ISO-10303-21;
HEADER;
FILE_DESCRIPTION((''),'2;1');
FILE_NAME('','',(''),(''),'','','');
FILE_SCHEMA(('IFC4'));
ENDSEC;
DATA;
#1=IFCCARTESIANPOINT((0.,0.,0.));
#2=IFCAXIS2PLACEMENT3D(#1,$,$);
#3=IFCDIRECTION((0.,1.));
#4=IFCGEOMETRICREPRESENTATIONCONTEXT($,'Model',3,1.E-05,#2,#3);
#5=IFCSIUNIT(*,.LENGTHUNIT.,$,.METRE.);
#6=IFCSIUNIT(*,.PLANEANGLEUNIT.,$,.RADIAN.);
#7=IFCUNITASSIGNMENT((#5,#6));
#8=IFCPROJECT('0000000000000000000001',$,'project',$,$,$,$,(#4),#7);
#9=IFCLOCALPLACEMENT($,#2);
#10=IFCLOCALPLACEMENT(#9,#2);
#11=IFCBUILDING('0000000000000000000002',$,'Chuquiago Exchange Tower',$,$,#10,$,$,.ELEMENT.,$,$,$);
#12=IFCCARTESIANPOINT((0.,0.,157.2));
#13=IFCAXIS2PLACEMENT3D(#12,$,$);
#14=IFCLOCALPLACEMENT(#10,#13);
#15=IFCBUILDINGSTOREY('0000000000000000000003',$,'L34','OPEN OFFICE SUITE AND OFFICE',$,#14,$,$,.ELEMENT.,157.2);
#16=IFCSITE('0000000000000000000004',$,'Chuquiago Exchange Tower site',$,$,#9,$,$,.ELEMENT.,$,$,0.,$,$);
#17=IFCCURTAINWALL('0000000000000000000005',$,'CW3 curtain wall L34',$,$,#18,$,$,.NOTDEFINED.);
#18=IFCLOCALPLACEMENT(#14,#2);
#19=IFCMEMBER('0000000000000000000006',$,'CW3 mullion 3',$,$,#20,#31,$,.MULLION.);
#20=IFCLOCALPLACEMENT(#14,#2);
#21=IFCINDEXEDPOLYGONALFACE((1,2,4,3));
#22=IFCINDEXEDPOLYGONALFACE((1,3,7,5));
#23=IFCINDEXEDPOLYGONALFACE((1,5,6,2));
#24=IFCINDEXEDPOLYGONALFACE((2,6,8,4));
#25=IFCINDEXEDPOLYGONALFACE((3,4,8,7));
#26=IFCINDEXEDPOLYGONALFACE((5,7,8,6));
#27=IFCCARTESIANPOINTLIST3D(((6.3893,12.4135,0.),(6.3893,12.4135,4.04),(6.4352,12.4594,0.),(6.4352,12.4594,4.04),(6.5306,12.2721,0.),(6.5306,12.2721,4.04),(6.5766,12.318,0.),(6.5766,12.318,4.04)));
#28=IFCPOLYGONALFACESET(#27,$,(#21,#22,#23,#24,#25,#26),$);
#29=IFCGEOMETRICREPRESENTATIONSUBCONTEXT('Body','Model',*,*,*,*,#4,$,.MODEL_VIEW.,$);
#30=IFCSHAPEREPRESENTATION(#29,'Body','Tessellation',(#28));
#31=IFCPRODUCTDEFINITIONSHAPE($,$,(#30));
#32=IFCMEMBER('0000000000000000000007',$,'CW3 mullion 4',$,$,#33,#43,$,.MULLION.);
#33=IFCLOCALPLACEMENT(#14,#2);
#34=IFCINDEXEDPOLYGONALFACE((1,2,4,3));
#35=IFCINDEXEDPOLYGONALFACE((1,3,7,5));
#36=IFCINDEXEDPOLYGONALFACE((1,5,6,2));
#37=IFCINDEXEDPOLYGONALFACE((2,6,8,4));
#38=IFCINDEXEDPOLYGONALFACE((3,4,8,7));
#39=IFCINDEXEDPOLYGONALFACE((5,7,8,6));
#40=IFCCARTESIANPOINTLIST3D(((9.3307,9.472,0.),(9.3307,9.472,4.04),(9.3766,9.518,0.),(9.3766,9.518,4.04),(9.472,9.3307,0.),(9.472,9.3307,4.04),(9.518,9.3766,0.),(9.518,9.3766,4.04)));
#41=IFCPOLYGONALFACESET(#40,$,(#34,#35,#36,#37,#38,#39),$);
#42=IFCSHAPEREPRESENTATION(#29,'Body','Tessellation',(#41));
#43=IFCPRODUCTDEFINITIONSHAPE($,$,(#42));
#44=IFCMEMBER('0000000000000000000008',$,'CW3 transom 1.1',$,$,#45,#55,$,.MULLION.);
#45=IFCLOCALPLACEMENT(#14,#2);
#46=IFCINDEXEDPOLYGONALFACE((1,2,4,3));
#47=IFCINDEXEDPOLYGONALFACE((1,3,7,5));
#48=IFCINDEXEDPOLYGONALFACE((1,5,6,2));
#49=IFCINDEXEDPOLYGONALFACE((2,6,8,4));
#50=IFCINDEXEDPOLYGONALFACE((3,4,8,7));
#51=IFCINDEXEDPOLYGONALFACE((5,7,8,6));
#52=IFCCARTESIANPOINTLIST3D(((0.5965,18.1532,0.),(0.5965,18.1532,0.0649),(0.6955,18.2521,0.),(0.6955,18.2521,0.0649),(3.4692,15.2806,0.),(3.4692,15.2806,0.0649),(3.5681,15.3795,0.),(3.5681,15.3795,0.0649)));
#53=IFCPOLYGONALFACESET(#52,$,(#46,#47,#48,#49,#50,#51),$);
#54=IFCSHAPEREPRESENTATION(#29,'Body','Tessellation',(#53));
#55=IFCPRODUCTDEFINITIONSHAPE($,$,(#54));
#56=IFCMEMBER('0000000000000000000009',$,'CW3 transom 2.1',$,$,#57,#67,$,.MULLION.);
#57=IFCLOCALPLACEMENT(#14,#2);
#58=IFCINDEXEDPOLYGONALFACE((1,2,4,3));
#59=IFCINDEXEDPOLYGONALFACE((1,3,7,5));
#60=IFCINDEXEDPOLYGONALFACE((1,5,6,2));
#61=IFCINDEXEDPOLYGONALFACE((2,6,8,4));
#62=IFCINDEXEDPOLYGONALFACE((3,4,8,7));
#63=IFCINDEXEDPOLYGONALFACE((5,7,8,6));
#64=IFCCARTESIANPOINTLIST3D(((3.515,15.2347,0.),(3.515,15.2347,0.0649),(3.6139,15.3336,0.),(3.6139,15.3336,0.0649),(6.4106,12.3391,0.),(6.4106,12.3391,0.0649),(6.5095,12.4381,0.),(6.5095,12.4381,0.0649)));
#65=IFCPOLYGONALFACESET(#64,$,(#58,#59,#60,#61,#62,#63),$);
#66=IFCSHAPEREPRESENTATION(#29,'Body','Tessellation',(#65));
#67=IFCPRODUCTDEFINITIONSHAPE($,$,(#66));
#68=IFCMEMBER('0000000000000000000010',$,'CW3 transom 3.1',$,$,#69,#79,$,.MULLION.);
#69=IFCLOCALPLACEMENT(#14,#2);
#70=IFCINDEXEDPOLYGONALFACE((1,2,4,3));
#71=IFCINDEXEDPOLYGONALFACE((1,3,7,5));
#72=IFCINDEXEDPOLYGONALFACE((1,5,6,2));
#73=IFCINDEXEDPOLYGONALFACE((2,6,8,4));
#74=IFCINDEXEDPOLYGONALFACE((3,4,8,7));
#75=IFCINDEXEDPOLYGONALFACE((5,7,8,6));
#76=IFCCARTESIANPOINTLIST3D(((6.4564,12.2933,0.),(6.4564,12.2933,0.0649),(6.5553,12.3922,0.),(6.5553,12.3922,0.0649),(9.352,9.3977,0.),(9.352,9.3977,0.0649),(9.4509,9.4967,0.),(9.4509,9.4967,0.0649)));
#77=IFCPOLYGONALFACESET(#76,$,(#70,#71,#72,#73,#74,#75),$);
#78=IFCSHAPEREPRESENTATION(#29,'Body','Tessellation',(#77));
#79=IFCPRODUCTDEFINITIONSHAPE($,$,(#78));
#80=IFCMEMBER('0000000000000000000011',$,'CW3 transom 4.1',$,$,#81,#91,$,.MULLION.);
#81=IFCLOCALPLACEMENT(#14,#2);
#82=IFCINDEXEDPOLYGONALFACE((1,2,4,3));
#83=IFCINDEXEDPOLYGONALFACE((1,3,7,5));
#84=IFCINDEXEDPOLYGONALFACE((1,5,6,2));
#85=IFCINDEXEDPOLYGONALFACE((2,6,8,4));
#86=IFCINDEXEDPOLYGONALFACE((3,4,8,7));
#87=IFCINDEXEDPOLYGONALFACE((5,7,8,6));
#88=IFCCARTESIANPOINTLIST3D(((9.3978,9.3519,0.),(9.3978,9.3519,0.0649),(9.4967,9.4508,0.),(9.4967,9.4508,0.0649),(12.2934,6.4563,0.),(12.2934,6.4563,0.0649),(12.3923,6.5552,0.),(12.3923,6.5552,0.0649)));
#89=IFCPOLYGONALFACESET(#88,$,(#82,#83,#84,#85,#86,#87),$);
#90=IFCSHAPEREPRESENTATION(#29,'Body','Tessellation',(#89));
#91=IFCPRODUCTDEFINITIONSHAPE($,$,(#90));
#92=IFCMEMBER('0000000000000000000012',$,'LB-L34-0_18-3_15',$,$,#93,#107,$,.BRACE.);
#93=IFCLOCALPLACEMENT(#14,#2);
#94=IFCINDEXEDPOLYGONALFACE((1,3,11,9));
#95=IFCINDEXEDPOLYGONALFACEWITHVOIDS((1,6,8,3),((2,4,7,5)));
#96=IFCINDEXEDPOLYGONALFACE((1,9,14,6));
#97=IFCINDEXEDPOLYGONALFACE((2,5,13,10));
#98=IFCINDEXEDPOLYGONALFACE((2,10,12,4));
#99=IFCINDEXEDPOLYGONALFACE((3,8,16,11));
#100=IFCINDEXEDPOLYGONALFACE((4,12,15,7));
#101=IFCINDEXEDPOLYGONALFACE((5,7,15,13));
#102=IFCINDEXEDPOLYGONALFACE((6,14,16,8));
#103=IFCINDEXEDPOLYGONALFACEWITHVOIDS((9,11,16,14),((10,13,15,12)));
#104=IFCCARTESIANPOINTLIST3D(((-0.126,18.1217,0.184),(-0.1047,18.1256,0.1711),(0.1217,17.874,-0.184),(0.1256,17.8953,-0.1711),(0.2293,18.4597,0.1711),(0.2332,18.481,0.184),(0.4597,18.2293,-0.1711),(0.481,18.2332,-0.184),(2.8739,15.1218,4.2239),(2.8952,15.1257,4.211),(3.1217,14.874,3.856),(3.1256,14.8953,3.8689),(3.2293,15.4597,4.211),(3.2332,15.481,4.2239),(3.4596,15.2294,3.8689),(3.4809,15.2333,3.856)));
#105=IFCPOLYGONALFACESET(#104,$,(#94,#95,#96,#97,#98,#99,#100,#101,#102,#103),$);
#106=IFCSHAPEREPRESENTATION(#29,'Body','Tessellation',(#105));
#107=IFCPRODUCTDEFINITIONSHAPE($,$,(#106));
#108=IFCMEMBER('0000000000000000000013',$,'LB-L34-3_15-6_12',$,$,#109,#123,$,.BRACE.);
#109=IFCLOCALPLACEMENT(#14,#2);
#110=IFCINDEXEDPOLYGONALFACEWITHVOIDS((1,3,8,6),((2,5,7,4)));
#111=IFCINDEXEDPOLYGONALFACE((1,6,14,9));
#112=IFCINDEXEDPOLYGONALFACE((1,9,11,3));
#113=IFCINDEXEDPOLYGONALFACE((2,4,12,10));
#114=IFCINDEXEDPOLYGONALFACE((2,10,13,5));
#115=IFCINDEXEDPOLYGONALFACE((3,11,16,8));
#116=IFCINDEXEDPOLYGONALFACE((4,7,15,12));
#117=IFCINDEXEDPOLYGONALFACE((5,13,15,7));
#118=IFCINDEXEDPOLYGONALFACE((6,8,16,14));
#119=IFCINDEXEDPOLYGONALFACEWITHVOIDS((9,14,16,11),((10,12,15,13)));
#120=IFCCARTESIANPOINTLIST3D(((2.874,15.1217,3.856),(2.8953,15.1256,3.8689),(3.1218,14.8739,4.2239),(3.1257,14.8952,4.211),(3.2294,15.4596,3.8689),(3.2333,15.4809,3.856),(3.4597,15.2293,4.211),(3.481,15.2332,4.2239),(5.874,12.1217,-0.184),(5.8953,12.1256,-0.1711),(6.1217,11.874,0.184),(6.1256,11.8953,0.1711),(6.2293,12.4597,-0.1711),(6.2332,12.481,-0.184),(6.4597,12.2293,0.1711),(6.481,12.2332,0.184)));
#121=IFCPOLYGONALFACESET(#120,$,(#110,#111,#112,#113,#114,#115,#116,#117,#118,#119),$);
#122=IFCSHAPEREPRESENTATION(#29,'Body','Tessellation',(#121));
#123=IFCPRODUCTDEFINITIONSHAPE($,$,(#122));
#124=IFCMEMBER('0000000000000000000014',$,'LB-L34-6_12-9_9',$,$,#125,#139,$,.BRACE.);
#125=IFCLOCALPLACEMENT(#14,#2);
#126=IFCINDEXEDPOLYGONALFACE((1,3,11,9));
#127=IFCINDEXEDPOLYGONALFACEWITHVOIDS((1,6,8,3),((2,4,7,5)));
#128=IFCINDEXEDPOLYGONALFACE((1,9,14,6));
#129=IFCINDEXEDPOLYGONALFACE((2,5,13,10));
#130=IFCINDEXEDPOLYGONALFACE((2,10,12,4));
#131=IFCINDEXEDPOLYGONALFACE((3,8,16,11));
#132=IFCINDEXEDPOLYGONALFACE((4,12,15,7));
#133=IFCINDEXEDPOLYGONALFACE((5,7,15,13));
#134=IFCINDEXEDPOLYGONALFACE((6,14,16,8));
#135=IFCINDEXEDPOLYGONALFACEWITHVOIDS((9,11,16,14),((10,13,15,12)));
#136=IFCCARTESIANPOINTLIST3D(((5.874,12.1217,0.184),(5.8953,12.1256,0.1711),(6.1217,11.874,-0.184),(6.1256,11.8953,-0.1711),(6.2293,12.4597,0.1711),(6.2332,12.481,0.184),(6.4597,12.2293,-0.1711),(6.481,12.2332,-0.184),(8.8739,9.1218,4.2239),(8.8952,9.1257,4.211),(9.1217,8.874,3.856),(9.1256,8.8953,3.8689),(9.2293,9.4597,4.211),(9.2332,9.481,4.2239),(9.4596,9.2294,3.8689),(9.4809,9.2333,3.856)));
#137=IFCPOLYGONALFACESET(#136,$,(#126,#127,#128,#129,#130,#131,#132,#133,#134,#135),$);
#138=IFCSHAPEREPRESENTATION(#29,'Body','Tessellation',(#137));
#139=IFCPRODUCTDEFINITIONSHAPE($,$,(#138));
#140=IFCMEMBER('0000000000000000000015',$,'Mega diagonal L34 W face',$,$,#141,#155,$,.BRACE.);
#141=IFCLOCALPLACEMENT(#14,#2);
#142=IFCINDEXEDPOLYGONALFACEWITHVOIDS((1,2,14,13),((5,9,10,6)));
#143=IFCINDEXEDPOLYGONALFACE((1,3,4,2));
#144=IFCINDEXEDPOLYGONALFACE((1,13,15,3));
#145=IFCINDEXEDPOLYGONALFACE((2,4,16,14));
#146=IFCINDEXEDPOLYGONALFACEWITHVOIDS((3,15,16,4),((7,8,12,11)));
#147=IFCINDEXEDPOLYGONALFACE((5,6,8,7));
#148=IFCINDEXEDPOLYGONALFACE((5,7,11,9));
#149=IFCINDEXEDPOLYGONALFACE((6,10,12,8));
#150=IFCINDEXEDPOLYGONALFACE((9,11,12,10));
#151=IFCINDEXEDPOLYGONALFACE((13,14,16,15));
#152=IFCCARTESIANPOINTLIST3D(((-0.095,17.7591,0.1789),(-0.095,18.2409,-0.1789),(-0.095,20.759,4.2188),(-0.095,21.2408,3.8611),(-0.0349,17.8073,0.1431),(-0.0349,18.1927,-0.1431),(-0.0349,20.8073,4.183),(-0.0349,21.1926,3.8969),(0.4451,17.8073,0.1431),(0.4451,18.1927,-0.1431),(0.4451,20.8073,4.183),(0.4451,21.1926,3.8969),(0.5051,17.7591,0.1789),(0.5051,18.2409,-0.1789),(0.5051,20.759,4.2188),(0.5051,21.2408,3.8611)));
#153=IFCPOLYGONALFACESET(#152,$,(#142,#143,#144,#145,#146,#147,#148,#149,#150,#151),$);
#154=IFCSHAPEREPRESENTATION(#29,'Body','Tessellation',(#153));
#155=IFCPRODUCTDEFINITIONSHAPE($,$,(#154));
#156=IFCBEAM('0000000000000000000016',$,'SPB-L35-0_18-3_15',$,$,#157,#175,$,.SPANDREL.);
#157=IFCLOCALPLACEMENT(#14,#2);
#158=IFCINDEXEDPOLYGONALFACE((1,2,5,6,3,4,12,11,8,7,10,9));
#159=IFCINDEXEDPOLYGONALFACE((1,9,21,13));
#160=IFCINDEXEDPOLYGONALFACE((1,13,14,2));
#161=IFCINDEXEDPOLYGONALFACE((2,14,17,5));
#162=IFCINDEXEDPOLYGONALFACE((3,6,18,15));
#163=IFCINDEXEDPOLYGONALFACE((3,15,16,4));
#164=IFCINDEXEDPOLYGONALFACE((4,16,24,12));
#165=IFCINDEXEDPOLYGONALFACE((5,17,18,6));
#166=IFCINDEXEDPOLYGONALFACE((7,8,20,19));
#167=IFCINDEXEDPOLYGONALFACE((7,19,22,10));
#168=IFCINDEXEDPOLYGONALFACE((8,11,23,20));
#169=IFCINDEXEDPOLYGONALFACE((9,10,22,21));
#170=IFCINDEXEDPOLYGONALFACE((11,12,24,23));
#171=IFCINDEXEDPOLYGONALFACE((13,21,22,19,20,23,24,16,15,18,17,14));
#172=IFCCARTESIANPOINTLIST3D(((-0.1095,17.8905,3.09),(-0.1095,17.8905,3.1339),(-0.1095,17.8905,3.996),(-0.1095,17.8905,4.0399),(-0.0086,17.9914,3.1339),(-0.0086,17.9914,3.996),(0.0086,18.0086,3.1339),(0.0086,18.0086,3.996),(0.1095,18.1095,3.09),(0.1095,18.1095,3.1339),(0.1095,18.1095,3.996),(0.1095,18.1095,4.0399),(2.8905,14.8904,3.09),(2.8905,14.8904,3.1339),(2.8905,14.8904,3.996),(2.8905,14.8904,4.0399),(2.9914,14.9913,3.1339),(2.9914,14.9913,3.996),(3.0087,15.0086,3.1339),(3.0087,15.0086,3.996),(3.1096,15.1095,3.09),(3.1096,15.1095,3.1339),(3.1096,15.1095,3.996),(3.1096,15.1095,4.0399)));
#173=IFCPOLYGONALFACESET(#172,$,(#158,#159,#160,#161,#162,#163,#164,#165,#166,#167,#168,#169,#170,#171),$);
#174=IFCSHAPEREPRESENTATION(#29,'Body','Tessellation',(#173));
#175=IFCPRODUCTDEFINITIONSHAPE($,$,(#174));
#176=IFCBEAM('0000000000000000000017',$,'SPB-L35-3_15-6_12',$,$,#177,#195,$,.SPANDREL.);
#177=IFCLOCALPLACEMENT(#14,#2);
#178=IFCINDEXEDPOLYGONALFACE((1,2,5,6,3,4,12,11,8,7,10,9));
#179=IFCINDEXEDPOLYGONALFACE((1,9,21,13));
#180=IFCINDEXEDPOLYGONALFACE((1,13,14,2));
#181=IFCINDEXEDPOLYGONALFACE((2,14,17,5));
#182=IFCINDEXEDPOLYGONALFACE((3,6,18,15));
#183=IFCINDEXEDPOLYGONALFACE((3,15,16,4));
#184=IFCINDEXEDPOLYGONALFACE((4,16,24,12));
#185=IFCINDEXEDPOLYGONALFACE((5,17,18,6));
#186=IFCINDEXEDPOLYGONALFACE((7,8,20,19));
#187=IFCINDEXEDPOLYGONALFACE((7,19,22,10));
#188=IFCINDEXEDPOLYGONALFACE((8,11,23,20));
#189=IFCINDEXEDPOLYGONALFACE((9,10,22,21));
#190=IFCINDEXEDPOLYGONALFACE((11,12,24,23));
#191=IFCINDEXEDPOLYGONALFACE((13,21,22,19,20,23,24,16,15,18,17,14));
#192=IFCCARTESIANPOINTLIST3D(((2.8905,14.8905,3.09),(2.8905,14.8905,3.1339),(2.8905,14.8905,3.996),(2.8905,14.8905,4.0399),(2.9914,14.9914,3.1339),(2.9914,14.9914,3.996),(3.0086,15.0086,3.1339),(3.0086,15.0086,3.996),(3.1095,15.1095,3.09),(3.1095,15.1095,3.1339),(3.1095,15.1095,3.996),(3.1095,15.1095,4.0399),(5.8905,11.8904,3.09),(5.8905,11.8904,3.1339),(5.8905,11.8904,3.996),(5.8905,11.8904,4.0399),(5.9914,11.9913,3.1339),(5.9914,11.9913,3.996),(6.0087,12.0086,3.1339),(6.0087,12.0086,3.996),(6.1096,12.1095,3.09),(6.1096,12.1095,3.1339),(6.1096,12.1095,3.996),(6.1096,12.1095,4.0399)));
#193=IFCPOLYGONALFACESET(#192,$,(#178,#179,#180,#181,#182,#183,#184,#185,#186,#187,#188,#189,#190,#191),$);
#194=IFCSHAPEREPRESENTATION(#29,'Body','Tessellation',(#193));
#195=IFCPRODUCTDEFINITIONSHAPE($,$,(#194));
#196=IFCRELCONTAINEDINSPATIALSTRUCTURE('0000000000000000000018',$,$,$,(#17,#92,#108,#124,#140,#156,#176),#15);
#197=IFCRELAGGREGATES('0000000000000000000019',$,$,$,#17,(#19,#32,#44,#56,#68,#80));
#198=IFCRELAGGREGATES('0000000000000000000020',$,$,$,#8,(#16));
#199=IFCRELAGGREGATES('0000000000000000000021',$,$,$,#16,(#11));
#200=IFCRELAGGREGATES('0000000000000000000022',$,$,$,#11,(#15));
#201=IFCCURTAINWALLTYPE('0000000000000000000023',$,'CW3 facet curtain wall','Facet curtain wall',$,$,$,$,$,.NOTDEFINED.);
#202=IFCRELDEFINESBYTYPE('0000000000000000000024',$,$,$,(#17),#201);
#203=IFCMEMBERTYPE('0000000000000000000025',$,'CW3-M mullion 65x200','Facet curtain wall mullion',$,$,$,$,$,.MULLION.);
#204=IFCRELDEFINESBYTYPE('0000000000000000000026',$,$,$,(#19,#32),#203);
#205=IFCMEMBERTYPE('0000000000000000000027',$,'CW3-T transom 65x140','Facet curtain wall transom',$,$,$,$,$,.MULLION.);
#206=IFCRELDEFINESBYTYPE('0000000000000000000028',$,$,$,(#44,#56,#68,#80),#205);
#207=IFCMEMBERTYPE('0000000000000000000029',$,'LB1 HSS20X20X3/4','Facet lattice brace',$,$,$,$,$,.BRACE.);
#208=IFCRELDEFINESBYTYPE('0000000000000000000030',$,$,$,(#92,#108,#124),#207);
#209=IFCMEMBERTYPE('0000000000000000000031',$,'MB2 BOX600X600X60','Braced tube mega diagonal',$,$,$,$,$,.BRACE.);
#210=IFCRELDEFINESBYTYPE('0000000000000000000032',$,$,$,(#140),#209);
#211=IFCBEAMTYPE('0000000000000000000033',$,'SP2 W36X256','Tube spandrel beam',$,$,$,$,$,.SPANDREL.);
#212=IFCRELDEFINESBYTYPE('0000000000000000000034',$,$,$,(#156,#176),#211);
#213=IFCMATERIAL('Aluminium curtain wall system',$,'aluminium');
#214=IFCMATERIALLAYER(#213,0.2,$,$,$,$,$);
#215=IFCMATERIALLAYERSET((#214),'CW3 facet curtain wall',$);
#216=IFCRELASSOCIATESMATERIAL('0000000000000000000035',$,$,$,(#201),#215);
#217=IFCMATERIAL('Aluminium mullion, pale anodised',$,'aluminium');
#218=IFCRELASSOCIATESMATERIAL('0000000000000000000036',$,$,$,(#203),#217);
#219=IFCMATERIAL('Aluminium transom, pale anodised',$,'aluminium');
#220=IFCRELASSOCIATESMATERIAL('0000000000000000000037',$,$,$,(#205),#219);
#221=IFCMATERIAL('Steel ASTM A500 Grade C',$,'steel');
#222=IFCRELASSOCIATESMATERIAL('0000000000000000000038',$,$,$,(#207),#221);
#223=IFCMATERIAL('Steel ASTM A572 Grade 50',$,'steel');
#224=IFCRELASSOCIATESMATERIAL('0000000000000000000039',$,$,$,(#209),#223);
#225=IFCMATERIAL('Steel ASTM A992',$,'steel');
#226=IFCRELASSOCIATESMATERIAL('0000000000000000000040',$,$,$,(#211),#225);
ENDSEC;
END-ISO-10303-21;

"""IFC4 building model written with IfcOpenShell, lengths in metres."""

from ifc_helpers import new_model, si_unit, direction, frame, origin, origin_2d, place, context, subcontext, project, spatial, rectangle, hollow_rectangle, i_section, extrude, material, layer, layer_set, material_profile, profile_set, type_object, element, aggregate, save


model = new_model("IFC4")

# Units and contexts
model_context = context("Model", 3, precision=1e-05, world=origin(), true_north=direction((0.0, 1.0)))
body_context = subcontext(model_context, "Body", "Model", "MODEL_VIEW")
ifc_project = project(units=[si_unit("LENGTHUNIT", "METRE"), si_unit("PLANEANGLEUNIT", "RADIAN")], contexts=[model_context])

# Site, building, storey
site_placement = place(None, origin())
site = spatial("IfcSite", under=ifc_project, at=site_placement, Name="Chuquiago Exchange Tower site", CompositionType="ELEMENT", RefElevation=0.0)
building_placement = place(site_placement, origin())
building = spatial("IfcBuilding", under=site, at=building_placement, Name="Chuquiago Exchange Tower", CompositionType="ELEMENT")
storey_placement = place(building_placement, frame((0.0, 0.0, 157.2)))
storey = spatial("IfcBuildingStorey", under=building, at=storey_placement, Name="L34", Description="OPEN OFFICE SUITE AND OFFICE", CompositionType="ELEMENT", Elevation=157.2)

# Curtain wall, members
ifc_material_1 = material(Name="Aluminium curtain wall system", Category="aluminium")
ifc_layer_1 = layer(ifc_material_1, 0.2)
ifc_layer_set_1 = layer_set([ifc_layer_1], Name="CW3 facet curtain wall")
curtain_wall_type_1 = type_object("IfcCurtainWallType", Name="CW3 facet curtain wall", Description="Facet curtain wall", PredefinedType="NOTDEFINED", material=ifc_layer_set_1)
curtain_wall_1_placement = place(storey_placement, origin())
curtain_wall_1 = element("IfcCurtainWall", 1, at=curtain_wall_1_placement, inside=storey, type_object=curtain_wall_type_1, Name="CW3 curtain wall L34", PredefinedType="NOTDEFINED")
ifc_material_2 = material(Name="Aluminium mullion, pale anodised", Category="aluminium")
ifc_material_profile_1 = material_profile(ifc_material_2, rectangle(XDim=0.0649, YDim=0.2, at=origin_2d()), Name="AL 65x200")
ifc_profile_set_1 = profile_set([ifc_material_profile_1], Name="Aluminium mullion, pale anodised")
member_type_1 = type_object("IfcMemberType", Name="CW3-M mullion 65x200", Description="Facet curtain wall mullion", PredefinedType="MULLION", material=ifc_profile_set_1)
member_1_placement = place(storey_placement, frame((6.4829, 12.3657, 0.0), z_axis=(0.0, 0.0, 1.0), x_axis=(0.707107, 0.707107, 0.0)))
member_1 = element("IfcMember", 2, at=member_1_placement, type_object=member_type_1, Name="CW3 mullion 3", PredefinedType="MULLION", context=body_context, shape_type="SweptSolid", body=[
    extrude(rectangle(XDim=0.0649, YDim=0.2, at=origin_2d()), origin(), (0.0, 0.0, 1.0), 4.04),
])
member_2_placement = place(storey_placement, frame((9.4243, 9.4243, 0.0), z_axis=(0.0, 0.0, 1.0), x_axis=(0.707107, 0.707107, 0.0)))
member_2 = element("IfcMember", 3, at=member_2_placement, type_object=member_type_1, Name="CW3 mullion 4", PredefinedType="MULLION", context=body_context, shape_type="SweptSolid", body=[
    extrude(rectangle(XDim=0.0649, YDim=0.2, at=origin_2d()), origin(), (0.0, 0.0, 1.0), 4.04),
])
ifc_material_3 = material(Name="Aluminium transom, pale anodised", Category="aluminium")
ifc_material_profile_2 = material_profile(ifc_material_3, rectangle(XDim=0.1399, YDim=0.0649, at=origin_2d()), Name="AL 140x65")
ifc_profile_set_2 = profile_set([ifc_material_profile_2], Name="Aluminium transom, pale anodised")
member_type_2 = type_object("IfcMemberType", Name="CW3-T transom 65x140", Description="Facet curtain wall transom", PredefinedType="MULLION", material=ifc_profile_set_2)
member_3_placement = place(storey_placement, frame((0.646, 18.2026, 0.0325), z_axis=(0.707107, -0.707107, 0.0), x_axis=(0.707107, 0.707107, 0.0)))
member_3 = element("IfcMember", 4, at=member_3_placement, type_object=member_type_2, Name="CW3 transom 1.1", PredefinedType="MULLION", context=body_context, shape_type="SweptSolid", body=[
    extrude(rectangle(XDim=0.1399, YDim=0.0649, at=origin_2d()), origin(), (0.0, 0.0, 1.0), 4.0625),
])
member_4_placement = place(storey_placement, frame((3.5645, 15.2842, 0.0325), z_axis=(0.707107, -0.707107, 0.0), x_axis=(0.707107, 0.707107, 0.0)))
member_4 = element("IfcMember", 5, at=member_4_placement, type_object=member_type_2, Name="CW3 transom 2.1", PredefinedType="MULLION", context=body_context, shape_type="SweptSolid", body=[
    extrude(rectangle(XDim=0.1399, YDim=0.0649, at=origin_2d()), origin(), (0.0, 0.0, 1.0), 4.095),
])
member_5_placement = place(storey_placement, frame((6.5059, 12.3428, 0.0325), z_axis=(0.707107, -0.707107, 0.0), x_axis=(0.707107, 0.707107, 0.0)))
member_5 = element("IfcMember", 6, at=member_5_placement, type_object=member_type_2, Name="CW3 transom 3.1", PredefinedType="MULLION", context=body_context, shape_type="SweptSolid", body=[
    extrude(rectangle(XDim=0.1399, YDim=0.0649, at=origin_2d()), origin(), (0.0, 0.0, 1.0), 4.095),
])
member_6_placement = place(storey_placement, frame((9.4473, 9.4014, 0.0325), z_axis=(0.707107, -0.707107, 0.0), x_axis=(0.707107, 0.707107, 0.0)))
member_6 = element("IfcMember", 7, at=member_6_placement, type_object=member_type_2, Name="CW3 transom 4.1", PredefinedType="MULLION", context=body_context, shape_type="SweptSolid", body=[
    extrude(rectangle(XDim=0.1399, YDim=0.0649, at=origin_2d()), origin(), (0.0, 0.0, 1.0), 4.095),
])

# Members
ifc_material_4 = material(Name="Steel ASTM A500 Grade C", Category="steel")
ifc_material_profile_3 = material_profile(ifc_material_4, hollow_rectangle(XDim=0.5081, YDim=0.5081, WallThickness=0.0178, at=origin_2d()), Name="HSS20X20X3/4")
ifc_profile_set_3 = profile_set([ifc_material_profile_3], Name="Steel ASTM A500 Grade C")
member_type_3 = type_object("IfcMemberType", Name="LB1 HSS20X20X3/4", Description="Facet lattice brace", PredefinedType="BRACE", material=ifc_profile_set_3)
for number, where, z_axis, x_axis, name in (
    (8, (0.1775, 18.1775, 0.0), (0.512077, -0.512077, 0.689604), (0.707107, 0.707107, 0.0), "LB-L34-0_18-3_15"),
    (9, (6.1775, 12.1775, 0.0), (-0.512077, 0.512077, 0.689604), (-0.707107, -0.707107, 0.0), "LB-L34-3_15-6_12"),
    (10, (6.1775, 12.1775, 0.0), (0.512077, -0.512077, 0.689604), (0.707107, 0.707107, 0.0), "LB-L34-6_12-9_9"),
):
    element("IfcMember", number, at=place(storey_placement, frame(where, z_axis=z_axis, x_axis=x_axis)), inside=storey, type_object=member_type_3, Name=name, PredefinedType="BRACE", context=body_context, shape_type="SweptSolid", body=[
        extrude(hollow_rectangle(XDim=0.5081, YDim=0.5081, WallThickness=0.0178, at=origin_2d()), origin(), (0.0, 0.0, 1.0), 5.8584),
    ])
ifc_material_5 = material(Name="Steel ASTM A572 Grade 50", Category="steel")
ifc_material_profile_4 = material_profile(ifc_material_5, hollow_rectangle(XDim=0.6001, YDim=0.6001, WallThickness=0.0601, at=origin_2d()), Name="BOX600X600X60")
ifc_profile_set_4 = profile_set([ifc_material_profile_4], Name="Steel ASTM A572 Grade 50")
member_type_4 = type_object("IfcMemberType", Name="MB2 BOX600X600X60", Description="Braced tube mega diagonal", PredefinedType="BRACE", material=ifc_profile_set_4)
member_7_placement = place(storey_placement, frame((0.2051, 18.0, 0.0), z_axis=(0.0, 0.596174, 0.802855), x_axis=(-1.0, 0.0, 0.0)))
element("IfcMember", 11, at=member_7_placement, inside=storey, type_object=member_type_4, Name="Mega diagonal L34 W face", PredefinedType="BRACE", context=body_context, shape_type="SweptSolid", body=[
    extrude(hollow_rectangle(XDim=0.6001, YDim=0.6001, WallThickness=0.0601, at=origin_2d()), origin(), (0.0, 0.0, 1.0), 5.032),
])

# Beams
ifc_material_6 = material(Name="Steel ASTM A992", Category="steel")
ifc_material_profile_5 = material_profile(ifc_material_6, i_section(OverallWidth=0.3098, OverallDepth=0.95, WebThickness=0.0244, FlangeThickness=0.0439, at=origin_2d()), Name="W36X256")
ifc_profile_set_5 = profile_set([ifc_material_profile_5], Name="Steel ASTM A992")
beam_type_1 = type_object("IfcBeamType", Name="SP2 W36X256", Description="Tube spandrel beam", PredefinedType="SPANDREL", material=ifc_profile_set_5)
for number, where, z_axis, x_axis, name in (
    (12, (0.0, 18.0, 3.5649), (0.707107, -0.707107, 0.0), (0.707107, 0.707107, 0.0), "SPB-L35-0_18-3_15"),
    (13, (3.0, 15.0, 3.5649), (0.707107, -0.707107, 0.0), (0.707107, 0.707107, 0.0), "SPB-L35-3_15-6_12"),
):
    element("IfcBeam", number, at=place(storey_placement, frame(where, z_axis=z_axis, x_axis=x_axis)), inside=storey, type_object=beam_type_1, Name=name, PredefinedType="SPANDREL", context=body_context, shape_type="SweptSolid", body=[
        extrude(i_section(OverallWidth=0.3098, OverallDepth=0.95, WebThickness=0.0244, FlangeThickness=0.0439, at=origin_2d()), origin(), (0.0, 0.0, 1.0), 4.2427),
    ])

aggregate(curtain_wall_1, [member_1, member_2, member_3, member_4, member_5, member_6])

save(model, "model.ifc")
